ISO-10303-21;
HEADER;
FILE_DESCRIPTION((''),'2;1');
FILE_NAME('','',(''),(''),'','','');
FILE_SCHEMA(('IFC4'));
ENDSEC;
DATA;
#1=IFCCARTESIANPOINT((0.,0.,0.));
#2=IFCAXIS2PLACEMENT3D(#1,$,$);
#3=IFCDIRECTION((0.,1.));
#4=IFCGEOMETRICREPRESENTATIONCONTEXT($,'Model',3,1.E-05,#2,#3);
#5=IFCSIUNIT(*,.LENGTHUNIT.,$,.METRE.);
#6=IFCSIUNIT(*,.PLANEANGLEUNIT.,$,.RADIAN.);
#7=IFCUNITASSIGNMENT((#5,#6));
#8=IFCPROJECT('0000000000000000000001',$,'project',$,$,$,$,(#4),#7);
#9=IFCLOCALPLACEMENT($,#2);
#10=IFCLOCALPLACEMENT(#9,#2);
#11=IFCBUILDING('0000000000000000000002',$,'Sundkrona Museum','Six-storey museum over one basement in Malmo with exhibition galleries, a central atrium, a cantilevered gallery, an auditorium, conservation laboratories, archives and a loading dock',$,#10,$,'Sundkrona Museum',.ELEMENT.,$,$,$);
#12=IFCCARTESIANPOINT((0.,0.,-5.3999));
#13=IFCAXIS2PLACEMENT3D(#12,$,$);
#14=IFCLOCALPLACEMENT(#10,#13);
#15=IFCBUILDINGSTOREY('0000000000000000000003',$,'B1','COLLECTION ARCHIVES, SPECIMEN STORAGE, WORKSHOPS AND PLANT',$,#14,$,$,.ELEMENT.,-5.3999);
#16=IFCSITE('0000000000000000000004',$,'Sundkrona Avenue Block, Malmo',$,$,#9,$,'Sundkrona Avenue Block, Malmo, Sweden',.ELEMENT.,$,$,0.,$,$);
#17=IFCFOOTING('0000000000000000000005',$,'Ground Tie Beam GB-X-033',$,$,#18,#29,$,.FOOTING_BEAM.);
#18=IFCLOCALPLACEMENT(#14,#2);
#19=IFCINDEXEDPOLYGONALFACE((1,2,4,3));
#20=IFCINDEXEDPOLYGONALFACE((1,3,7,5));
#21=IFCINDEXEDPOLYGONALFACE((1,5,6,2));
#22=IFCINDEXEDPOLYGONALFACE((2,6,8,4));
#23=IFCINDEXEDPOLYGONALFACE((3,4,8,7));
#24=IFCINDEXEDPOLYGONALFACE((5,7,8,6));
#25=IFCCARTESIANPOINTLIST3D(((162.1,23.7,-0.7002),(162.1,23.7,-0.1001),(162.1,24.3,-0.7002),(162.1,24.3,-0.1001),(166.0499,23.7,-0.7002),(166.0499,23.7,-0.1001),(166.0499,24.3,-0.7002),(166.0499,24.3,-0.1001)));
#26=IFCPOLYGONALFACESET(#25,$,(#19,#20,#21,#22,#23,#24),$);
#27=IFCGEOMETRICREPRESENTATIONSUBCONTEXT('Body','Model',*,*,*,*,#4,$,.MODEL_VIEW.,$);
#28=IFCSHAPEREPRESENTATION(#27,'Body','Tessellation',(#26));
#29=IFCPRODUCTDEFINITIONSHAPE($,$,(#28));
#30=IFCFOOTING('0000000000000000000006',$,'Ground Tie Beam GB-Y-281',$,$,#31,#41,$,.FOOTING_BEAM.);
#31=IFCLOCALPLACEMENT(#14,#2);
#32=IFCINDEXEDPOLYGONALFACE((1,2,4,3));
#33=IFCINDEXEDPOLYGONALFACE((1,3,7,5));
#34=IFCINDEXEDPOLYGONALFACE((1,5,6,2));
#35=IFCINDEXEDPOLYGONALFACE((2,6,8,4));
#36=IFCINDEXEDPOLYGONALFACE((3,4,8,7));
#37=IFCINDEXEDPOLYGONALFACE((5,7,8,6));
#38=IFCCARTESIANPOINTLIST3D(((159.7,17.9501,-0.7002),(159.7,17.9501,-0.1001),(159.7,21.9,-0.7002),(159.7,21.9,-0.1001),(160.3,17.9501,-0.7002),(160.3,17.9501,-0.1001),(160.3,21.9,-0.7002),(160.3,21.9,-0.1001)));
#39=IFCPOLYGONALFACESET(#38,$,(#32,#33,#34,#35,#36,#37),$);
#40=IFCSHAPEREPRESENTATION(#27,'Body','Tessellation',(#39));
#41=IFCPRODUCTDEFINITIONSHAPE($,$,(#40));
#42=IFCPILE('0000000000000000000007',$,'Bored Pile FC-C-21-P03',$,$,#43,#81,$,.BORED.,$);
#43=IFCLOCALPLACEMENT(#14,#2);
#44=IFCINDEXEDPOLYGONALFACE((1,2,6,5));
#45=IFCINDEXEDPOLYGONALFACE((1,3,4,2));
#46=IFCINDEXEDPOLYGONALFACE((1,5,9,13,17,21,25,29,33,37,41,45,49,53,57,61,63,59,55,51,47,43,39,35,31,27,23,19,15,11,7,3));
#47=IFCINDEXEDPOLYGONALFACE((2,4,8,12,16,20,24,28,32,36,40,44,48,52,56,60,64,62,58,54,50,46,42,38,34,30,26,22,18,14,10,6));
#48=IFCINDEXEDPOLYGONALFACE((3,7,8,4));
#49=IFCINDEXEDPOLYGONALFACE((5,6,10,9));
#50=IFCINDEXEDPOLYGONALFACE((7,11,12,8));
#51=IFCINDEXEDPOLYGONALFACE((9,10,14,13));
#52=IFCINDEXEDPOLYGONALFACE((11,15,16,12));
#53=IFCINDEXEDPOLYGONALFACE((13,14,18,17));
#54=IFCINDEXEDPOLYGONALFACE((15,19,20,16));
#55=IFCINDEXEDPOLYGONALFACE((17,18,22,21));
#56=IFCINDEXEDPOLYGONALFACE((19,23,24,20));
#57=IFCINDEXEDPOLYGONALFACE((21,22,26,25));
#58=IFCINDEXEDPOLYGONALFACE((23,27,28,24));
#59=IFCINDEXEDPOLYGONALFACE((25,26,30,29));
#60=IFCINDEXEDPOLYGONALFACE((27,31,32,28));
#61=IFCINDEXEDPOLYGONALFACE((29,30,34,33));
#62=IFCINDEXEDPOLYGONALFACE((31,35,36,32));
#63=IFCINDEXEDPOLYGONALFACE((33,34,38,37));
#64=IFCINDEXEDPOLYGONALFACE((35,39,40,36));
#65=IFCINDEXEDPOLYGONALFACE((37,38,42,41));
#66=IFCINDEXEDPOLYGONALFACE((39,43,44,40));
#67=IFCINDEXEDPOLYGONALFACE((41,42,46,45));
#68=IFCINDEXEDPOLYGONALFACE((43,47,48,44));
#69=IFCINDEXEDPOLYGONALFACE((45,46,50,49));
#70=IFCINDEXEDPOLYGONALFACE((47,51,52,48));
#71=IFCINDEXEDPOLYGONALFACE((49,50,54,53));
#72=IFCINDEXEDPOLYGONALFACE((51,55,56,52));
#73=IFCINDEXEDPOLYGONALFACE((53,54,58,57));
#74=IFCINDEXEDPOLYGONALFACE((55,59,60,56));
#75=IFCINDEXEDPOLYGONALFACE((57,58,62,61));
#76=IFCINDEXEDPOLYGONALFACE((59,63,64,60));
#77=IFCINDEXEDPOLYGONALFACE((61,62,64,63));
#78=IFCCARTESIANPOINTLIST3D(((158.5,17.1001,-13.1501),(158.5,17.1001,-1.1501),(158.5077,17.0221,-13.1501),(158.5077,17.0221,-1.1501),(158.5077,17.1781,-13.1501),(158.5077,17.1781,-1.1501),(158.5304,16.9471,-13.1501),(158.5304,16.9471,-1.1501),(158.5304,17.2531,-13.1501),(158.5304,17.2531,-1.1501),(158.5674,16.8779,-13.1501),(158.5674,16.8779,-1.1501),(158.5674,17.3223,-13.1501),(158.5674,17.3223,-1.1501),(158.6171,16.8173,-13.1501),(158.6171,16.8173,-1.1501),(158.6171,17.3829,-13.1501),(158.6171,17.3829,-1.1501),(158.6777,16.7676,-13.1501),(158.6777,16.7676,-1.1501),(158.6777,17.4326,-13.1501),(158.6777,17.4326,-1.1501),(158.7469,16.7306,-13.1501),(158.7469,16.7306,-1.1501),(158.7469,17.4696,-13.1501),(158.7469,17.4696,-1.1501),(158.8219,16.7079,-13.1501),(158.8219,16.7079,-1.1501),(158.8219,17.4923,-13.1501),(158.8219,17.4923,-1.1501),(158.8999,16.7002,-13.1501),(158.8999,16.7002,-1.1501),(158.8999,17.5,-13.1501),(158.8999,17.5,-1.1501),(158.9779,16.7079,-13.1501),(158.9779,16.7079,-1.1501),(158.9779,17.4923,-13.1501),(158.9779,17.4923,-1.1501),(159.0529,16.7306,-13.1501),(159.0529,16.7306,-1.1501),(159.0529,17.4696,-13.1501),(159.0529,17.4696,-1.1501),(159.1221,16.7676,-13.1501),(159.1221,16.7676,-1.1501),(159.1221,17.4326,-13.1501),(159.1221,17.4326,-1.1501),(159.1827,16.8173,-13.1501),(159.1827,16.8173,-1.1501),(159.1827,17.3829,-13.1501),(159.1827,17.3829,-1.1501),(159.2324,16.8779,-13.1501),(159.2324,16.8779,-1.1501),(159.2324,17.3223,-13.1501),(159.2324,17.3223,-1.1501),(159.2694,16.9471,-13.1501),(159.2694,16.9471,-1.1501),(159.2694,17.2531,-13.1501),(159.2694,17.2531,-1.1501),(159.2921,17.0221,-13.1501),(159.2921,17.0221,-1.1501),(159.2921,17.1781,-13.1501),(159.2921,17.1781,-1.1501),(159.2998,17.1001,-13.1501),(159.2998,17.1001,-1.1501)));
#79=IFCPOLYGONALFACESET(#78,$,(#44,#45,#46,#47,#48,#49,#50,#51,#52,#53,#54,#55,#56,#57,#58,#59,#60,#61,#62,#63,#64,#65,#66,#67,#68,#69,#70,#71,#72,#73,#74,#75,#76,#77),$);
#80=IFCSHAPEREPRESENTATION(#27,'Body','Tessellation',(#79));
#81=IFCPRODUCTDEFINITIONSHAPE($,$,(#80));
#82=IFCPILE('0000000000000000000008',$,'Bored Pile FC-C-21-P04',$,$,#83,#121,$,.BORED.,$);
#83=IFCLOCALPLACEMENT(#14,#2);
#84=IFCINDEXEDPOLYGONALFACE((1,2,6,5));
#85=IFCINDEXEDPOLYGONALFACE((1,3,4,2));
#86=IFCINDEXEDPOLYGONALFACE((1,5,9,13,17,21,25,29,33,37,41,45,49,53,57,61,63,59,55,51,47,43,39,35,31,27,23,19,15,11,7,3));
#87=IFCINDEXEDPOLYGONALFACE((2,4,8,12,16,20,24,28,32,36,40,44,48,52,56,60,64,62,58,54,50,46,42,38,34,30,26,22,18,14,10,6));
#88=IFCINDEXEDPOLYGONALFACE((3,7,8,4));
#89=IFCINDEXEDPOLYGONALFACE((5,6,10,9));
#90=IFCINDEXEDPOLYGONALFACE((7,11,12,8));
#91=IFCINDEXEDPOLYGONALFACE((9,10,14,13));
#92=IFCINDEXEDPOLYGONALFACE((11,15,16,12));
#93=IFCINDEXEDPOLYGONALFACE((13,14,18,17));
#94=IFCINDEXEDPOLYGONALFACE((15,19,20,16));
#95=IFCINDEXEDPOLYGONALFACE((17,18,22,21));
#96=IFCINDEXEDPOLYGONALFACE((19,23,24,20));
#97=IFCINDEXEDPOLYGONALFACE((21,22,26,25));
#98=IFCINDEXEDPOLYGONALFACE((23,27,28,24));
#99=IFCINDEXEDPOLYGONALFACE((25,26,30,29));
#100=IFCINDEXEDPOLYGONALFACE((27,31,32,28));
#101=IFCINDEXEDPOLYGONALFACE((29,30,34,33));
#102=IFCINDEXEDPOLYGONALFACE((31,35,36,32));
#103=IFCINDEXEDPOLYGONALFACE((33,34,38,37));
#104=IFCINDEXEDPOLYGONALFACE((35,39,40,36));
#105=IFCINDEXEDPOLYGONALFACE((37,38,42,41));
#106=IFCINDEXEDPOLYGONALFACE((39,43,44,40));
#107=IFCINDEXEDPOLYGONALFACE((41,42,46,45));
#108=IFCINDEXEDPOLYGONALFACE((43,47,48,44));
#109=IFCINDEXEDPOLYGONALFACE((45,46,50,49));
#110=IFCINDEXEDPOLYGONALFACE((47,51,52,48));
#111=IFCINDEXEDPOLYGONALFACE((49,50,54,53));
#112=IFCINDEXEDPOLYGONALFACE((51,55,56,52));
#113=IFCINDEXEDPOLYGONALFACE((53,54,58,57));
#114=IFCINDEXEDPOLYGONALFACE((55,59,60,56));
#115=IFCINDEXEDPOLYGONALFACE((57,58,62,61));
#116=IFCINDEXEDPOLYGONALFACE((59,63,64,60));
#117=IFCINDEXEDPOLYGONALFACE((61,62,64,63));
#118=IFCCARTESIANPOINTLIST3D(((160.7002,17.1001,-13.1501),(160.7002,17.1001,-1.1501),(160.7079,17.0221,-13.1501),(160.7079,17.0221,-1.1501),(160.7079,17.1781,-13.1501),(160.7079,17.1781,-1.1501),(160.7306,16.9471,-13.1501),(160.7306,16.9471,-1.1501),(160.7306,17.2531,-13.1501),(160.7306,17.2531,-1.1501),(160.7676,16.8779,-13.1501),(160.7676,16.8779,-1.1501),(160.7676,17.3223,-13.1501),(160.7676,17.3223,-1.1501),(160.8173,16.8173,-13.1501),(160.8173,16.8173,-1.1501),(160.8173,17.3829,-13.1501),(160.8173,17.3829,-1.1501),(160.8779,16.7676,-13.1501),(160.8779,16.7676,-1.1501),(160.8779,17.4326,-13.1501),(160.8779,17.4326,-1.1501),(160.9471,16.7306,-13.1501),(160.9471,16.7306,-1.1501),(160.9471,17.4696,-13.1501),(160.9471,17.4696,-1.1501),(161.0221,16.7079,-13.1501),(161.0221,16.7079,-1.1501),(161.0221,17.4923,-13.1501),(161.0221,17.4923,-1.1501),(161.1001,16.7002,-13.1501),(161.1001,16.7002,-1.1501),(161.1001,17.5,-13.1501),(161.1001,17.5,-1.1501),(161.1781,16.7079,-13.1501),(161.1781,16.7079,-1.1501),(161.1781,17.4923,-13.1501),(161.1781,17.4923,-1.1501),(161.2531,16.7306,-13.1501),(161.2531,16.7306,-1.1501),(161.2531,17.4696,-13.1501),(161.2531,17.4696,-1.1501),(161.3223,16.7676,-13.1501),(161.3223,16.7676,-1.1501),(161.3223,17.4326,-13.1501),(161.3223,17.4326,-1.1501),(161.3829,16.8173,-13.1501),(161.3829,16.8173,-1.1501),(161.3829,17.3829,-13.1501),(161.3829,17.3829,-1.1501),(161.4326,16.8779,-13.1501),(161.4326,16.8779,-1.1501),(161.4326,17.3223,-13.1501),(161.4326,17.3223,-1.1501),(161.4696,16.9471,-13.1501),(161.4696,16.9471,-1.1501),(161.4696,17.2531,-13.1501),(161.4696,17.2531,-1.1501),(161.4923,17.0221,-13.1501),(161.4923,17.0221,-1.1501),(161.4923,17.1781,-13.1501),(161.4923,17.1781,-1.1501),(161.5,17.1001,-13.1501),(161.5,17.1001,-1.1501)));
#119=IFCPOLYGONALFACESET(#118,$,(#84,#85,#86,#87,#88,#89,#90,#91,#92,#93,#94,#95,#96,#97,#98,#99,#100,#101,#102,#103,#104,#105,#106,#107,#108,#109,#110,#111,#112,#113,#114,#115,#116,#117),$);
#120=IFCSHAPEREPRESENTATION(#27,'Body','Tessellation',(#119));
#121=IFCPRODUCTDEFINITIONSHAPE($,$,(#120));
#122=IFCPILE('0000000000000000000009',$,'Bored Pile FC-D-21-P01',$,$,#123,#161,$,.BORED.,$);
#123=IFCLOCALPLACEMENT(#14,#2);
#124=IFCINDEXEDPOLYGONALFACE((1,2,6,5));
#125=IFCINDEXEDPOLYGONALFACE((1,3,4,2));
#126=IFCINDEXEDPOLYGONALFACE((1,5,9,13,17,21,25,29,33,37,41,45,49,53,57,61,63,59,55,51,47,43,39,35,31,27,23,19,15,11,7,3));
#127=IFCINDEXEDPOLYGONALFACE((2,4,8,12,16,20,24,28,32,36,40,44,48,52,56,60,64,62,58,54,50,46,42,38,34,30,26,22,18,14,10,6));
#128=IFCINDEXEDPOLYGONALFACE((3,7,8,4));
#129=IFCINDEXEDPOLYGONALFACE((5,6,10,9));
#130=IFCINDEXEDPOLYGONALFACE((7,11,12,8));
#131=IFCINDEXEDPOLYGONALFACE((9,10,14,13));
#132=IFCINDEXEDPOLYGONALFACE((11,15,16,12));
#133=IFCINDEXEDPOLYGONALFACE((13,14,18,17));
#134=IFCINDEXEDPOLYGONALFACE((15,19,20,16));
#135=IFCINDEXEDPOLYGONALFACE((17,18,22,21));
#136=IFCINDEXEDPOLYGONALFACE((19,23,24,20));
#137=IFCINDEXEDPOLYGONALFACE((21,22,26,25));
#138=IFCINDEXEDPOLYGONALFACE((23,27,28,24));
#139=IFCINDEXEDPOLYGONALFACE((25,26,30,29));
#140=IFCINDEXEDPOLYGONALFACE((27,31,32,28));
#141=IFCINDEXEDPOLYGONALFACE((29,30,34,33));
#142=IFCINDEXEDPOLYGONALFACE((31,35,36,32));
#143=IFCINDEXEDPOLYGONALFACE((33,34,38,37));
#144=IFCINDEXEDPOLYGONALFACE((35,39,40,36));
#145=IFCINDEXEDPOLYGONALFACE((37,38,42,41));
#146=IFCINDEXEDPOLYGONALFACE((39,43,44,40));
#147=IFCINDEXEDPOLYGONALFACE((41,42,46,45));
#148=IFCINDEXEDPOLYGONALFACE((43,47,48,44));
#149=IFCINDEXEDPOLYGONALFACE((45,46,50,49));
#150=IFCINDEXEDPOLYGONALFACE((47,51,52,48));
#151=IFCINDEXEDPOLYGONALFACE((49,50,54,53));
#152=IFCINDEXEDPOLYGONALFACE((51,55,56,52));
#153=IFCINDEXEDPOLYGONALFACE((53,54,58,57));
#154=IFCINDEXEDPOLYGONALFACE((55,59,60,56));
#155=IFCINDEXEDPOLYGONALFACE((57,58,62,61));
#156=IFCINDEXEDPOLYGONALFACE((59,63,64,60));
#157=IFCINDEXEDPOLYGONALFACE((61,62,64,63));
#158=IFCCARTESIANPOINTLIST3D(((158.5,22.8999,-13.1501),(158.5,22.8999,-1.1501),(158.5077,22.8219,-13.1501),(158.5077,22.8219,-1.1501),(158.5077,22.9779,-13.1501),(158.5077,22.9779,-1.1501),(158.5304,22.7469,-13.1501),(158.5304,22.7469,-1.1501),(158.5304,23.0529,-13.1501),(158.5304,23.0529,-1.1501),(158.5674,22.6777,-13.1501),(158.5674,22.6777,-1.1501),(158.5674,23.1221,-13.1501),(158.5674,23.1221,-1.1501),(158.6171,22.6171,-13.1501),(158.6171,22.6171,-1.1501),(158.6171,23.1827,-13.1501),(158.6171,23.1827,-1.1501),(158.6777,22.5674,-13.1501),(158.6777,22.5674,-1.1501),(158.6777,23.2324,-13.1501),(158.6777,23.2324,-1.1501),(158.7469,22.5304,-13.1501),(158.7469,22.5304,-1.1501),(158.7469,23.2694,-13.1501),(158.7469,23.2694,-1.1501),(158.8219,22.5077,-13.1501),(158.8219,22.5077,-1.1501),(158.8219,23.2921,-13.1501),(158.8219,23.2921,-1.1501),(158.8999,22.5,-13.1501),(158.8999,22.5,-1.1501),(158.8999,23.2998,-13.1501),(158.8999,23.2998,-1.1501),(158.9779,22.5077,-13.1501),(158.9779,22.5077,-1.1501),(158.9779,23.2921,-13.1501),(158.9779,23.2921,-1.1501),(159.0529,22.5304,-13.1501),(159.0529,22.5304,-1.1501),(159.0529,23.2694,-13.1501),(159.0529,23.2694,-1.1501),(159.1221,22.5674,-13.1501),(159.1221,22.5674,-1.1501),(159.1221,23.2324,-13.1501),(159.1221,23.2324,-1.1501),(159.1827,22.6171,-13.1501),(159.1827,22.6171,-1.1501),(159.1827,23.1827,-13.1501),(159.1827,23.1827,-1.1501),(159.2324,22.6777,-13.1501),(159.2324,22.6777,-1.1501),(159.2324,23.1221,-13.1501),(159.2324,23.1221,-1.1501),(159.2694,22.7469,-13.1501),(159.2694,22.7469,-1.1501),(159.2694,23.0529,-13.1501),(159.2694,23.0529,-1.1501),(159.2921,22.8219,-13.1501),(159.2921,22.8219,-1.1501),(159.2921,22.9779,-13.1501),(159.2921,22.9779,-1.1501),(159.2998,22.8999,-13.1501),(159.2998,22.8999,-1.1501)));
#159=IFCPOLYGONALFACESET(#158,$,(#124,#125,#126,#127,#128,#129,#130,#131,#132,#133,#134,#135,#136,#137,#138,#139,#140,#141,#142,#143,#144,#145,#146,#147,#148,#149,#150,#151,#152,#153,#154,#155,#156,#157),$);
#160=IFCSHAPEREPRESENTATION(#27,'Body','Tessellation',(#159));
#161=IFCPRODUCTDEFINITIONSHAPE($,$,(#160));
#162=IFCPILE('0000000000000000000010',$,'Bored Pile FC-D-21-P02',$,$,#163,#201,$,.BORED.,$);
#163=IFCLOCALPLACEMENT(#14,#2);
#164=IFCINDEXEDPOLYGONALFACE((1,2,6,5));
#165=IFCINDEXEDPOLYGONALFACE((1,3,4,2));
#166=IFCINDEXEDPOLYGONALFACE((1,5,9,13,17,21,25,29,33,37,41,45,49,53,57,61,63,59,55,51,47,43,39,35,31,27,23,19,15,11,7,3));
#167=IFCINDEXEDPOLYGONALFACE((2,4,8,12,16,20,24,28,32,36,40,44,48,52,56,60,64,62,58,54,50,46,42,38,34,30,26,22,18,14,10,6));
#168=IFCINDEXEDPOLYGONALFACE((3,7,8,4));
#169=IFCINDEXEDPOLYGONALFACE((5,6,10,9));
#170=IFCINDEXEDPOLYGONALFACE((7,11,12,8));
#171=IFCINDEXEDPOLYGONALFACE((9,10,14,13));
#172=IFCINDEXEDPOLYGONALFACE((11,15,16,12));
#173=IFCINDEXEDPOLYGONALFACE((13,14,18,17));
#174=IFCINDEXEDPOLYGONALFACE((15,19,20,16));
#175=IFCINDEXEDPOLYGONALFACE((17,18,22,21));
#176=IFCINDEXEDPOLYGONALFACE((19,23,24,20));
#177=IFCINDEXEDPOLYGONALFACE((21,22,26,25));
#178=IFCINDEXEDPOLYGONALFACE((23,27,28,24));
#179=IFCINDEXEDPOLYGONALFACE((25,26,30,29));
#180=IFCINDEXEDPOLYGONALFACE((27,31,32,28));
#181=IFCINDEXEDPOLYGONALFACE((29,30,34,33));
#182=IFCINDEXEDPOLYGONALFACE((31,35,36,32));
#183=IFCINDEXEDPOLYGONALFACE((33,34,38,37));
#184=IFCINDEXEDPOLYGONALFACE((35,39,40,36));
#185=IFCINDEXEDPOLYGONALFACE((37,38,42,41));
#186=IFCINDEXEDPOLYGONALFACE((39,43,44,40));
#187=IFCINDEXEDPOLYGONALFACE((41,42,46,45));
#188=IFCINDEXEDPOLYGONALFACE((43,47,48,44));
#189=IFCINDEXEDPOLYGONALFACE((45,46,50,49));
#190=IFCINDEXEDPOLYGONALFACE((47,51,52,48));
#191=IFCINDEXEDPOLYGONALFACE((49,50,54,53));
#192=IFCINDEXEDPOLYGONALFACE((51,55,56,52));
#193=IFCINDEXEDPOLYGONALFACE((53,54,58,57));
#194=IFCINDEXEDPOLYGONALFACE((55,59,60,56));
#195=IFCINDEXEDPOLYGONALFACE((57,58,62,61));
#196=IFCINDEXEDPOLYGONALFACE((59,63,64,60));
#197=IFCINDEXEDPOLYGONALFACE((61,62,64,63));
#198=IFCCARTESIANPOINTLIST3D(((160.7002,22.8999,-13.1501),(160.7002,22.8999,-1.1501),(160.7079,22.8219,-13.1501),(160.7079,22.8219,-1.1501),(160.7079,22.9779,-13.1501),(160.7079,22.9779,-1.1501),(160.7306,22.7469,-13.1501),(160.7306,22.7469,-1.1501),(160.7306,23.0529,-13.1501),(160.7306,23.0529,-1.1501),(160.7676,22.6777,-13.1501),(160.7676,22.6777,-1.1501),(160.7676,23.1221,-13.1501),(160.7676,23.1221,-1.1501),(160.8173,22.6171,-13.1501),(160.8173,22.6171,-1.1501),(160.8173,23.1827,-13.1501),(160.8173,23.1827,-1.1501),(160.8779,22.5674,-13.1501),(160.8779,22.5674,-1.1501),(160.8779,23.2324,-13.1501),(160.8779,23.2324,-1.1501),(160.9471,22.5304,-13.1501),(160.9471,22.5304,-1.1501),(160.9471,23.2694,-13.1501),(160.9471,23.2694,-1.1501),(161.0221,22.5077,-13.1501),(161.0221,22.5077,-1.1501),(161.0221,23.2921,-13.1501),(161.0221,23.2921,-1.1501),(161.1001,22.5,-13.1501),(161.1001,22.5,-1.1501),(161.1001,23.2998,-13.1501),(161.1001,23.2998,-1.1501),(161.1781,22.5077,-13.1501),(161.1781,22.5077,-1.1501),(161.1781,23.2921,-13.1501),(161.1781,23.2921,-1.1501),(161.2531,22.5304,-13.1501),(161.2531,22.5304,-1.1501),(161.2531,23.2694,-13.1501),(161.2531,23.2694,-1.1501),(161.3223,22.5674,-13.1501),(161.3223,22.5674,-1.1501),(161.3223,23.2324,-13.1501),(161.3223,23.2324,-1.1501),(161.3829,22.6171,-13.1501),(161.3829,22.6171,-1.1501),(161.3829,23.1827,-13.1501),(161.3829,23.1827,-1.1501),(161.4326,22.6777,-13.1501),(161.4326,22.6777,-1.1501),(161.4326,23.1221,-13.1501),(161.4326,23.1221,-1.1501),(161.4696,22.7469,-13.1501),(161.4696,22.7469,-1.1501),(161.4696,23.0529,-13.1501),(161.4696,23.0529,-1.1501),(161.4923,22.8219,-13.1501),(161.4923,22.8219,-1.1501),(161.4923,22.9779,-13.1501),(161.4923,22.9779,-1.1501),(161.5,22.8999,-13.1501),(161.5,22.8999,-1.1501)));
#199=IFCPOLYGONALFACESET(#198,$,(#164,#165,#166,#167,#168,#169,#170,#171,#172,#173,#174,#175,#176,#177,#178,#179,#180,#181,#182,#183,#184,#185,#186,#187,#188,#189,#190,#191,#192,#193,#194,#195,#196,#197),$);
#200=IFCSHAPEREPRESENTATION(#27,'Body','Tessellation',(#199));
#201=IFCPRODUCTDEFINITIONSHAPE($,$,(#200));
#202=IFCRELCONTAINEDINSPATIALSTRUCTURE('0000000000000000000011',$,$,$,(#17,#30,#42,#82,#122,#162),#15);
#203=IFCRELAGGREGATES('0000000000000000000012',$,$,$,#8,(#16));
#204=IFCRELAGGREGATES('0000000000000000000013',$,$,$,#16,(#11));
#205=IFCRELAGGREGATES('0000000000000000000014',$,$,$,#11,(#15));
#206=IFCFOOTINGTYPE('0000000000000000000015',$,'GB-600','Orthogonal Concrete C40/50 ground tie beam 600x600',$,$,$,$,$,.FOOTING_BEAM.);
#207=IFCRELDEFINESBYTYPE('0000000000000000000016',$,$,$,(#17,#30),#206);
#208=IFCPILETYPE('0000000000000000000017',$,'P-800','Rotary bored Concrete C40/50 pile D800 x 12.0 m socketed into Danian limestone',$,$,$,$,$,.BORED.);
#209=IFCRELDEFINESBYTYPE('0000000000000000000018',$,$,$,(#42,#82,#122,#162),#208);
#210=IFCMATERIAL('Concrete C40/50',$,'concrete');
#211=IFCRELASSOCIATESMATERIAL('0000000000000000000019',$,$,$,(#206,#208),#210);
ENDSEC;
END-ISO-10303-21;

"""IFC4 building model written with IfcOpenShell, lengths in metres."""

from ifc_helpers import new_model, si_unit, direction, frame, origin, origin_2d, place, context, subcontext, project, spatial, rectangle, circle, extrude, material, material_profile, profile_set, type_object, element, save


model = new_model("IFC4")

# Units and contexts
model_context = context("Model", 3, precision=1e-05, world=origin(), true_north=direction((0.0, 1.0)))
body_context = subcontext(model_context, "Body", "Model", "MODEL_VIEW")
ifc_project = project(units=[si_unit("LENGTHUNIT", "METRE"), si_unit("PLANEANGLEUNIT", "RADIAN")], contexts=[model_context])

# Site, building, storey
site_placement = place(None, origin())
site = spatial("IfcSite", under=ifc_project, at=site_placement, Name="Sundkrona Avenue Block, Malmo", LongName="Sundkrona Avenue Block, Malmo, Sweden", CompositionType="ELEMENT", RefElevation=0.0)
building_placement = place(site_placement, origin())
building = spatial("IfcBuilding", under=site, at=building_placement, Name="Sundkrona Museum", Description="Six-storey museum over one basement in Malmo with exhibition galleries, a central atrium, a cantilevered gallery, an auditorium, conservation laboratories, archives and a loading dock", LongName="Sundkrona Museum", CompositionType="ELEMENT")
storey_placement = place(building_placement, frame((0.0, 0.0, -5.3999)))
storey = spatial("IfcBuildingStorey", under=building, at=storey_placement, Name="B1", Description="COLLECTION ARCHIVES, SPECIMEN STORAGE, WORKSHOPS AND PLANT", CompositionType="ELEMENT", Elevation=-5.3999)

# Footings
ifc_material_1 = material(Name="Concrete C40/50", Category="concrete")
footing_type_1 = type_object("IfcFootingType", Name="GB-600", Description="Orthogonal Concrete C40/50 ground tie beam 600x600", PredefinedType="FOOTING_BEAM", material=ifc_material_1)
for number, where, z_axis, x_axis, name in (
    (1, (164.075, 24.0, -0.7002), (0.0, 0.0, 1.0), (1.0, 0.0, 0.0), "Ground Tie Beam GB-X-033"),
    (2, (160.0, 19.925, -0.7002), (0.0, 0.0, 1.0), (0.0, 1.0, 0.0), "Ground Tie Beam GB-Y-281"),
):
    element("IfcFooting", number, at=place(storey_placement, frame(where, z_axis=z_axis, x_axis=x_axis)), inside=storey, type_object=footing_type_1, Name=name, PredefinedType="FOOTING_BEAM", context=body_context, shape_type="SweptSolid", body=[
        extrude(rectangle(XDim=3.95, YDim=0.6001, at=origin_2d()), origin(), (0.0, 0.0, 1.0), 0.6001),
    ])

# Piles
ifc_material_profile_1 = material_profile(ifc_material_1, circle(Radius=0.3999, at=origin_2d()), Name="PILE D800")
ifc_profile_set_1 = profile_set([ifc_material_profile_1], Name="Concrete C40/50")
pile_type = type_object("IfcPileType", Name="P-800", Description="Rotary bored Concrete C40/50 pile D800 x 12.0 m socketed into Danian limestone", PredefinedType="BORED", material=ifc_profile_set_1)
for number, where, z_axis, x_axis, name in (
    (3, (158.8999, 17.1001, -1.1501), (0.0, 0.0, -1.0), (1.0, 0.0, 0.0), "Bored Pile FC-C-21-P03"),
    (4, (161.1001, 17.1001, -1.1501), (0.0, 0.0, -1.0), (1.0, 0.0, 0.0), "Bored Pile FC-C-21-P04"),
    (5, (158.8999, 22.8999, -1.1501), (0.0, 0.0, -1.0), (1.0, 0.0, 0.0), "Bored Pile FC-D-21-P01"),
    (6, (161.1001, 22.8999, -1.1501), (0.0, 0.0, -1.0), (1.0, 0.0, 0.0), "Bored Pile FC-D-21-P02"),
):
    element("IfcPile", number, at=place(storey_placement, frame(where, z_axis=z_axis, x_axis=x_axis)), inside=storey, type_object=pile_type, Name=name, PredefinedType="BORED", context=body_context, shape_type="SweptSolid", body=[
        extrude(circle(Radius=0.3999, at=origin_2d()), origin(), (0.0, 0.0, 1.0), 12.0),
    ])

save(model, "model.ifc")
